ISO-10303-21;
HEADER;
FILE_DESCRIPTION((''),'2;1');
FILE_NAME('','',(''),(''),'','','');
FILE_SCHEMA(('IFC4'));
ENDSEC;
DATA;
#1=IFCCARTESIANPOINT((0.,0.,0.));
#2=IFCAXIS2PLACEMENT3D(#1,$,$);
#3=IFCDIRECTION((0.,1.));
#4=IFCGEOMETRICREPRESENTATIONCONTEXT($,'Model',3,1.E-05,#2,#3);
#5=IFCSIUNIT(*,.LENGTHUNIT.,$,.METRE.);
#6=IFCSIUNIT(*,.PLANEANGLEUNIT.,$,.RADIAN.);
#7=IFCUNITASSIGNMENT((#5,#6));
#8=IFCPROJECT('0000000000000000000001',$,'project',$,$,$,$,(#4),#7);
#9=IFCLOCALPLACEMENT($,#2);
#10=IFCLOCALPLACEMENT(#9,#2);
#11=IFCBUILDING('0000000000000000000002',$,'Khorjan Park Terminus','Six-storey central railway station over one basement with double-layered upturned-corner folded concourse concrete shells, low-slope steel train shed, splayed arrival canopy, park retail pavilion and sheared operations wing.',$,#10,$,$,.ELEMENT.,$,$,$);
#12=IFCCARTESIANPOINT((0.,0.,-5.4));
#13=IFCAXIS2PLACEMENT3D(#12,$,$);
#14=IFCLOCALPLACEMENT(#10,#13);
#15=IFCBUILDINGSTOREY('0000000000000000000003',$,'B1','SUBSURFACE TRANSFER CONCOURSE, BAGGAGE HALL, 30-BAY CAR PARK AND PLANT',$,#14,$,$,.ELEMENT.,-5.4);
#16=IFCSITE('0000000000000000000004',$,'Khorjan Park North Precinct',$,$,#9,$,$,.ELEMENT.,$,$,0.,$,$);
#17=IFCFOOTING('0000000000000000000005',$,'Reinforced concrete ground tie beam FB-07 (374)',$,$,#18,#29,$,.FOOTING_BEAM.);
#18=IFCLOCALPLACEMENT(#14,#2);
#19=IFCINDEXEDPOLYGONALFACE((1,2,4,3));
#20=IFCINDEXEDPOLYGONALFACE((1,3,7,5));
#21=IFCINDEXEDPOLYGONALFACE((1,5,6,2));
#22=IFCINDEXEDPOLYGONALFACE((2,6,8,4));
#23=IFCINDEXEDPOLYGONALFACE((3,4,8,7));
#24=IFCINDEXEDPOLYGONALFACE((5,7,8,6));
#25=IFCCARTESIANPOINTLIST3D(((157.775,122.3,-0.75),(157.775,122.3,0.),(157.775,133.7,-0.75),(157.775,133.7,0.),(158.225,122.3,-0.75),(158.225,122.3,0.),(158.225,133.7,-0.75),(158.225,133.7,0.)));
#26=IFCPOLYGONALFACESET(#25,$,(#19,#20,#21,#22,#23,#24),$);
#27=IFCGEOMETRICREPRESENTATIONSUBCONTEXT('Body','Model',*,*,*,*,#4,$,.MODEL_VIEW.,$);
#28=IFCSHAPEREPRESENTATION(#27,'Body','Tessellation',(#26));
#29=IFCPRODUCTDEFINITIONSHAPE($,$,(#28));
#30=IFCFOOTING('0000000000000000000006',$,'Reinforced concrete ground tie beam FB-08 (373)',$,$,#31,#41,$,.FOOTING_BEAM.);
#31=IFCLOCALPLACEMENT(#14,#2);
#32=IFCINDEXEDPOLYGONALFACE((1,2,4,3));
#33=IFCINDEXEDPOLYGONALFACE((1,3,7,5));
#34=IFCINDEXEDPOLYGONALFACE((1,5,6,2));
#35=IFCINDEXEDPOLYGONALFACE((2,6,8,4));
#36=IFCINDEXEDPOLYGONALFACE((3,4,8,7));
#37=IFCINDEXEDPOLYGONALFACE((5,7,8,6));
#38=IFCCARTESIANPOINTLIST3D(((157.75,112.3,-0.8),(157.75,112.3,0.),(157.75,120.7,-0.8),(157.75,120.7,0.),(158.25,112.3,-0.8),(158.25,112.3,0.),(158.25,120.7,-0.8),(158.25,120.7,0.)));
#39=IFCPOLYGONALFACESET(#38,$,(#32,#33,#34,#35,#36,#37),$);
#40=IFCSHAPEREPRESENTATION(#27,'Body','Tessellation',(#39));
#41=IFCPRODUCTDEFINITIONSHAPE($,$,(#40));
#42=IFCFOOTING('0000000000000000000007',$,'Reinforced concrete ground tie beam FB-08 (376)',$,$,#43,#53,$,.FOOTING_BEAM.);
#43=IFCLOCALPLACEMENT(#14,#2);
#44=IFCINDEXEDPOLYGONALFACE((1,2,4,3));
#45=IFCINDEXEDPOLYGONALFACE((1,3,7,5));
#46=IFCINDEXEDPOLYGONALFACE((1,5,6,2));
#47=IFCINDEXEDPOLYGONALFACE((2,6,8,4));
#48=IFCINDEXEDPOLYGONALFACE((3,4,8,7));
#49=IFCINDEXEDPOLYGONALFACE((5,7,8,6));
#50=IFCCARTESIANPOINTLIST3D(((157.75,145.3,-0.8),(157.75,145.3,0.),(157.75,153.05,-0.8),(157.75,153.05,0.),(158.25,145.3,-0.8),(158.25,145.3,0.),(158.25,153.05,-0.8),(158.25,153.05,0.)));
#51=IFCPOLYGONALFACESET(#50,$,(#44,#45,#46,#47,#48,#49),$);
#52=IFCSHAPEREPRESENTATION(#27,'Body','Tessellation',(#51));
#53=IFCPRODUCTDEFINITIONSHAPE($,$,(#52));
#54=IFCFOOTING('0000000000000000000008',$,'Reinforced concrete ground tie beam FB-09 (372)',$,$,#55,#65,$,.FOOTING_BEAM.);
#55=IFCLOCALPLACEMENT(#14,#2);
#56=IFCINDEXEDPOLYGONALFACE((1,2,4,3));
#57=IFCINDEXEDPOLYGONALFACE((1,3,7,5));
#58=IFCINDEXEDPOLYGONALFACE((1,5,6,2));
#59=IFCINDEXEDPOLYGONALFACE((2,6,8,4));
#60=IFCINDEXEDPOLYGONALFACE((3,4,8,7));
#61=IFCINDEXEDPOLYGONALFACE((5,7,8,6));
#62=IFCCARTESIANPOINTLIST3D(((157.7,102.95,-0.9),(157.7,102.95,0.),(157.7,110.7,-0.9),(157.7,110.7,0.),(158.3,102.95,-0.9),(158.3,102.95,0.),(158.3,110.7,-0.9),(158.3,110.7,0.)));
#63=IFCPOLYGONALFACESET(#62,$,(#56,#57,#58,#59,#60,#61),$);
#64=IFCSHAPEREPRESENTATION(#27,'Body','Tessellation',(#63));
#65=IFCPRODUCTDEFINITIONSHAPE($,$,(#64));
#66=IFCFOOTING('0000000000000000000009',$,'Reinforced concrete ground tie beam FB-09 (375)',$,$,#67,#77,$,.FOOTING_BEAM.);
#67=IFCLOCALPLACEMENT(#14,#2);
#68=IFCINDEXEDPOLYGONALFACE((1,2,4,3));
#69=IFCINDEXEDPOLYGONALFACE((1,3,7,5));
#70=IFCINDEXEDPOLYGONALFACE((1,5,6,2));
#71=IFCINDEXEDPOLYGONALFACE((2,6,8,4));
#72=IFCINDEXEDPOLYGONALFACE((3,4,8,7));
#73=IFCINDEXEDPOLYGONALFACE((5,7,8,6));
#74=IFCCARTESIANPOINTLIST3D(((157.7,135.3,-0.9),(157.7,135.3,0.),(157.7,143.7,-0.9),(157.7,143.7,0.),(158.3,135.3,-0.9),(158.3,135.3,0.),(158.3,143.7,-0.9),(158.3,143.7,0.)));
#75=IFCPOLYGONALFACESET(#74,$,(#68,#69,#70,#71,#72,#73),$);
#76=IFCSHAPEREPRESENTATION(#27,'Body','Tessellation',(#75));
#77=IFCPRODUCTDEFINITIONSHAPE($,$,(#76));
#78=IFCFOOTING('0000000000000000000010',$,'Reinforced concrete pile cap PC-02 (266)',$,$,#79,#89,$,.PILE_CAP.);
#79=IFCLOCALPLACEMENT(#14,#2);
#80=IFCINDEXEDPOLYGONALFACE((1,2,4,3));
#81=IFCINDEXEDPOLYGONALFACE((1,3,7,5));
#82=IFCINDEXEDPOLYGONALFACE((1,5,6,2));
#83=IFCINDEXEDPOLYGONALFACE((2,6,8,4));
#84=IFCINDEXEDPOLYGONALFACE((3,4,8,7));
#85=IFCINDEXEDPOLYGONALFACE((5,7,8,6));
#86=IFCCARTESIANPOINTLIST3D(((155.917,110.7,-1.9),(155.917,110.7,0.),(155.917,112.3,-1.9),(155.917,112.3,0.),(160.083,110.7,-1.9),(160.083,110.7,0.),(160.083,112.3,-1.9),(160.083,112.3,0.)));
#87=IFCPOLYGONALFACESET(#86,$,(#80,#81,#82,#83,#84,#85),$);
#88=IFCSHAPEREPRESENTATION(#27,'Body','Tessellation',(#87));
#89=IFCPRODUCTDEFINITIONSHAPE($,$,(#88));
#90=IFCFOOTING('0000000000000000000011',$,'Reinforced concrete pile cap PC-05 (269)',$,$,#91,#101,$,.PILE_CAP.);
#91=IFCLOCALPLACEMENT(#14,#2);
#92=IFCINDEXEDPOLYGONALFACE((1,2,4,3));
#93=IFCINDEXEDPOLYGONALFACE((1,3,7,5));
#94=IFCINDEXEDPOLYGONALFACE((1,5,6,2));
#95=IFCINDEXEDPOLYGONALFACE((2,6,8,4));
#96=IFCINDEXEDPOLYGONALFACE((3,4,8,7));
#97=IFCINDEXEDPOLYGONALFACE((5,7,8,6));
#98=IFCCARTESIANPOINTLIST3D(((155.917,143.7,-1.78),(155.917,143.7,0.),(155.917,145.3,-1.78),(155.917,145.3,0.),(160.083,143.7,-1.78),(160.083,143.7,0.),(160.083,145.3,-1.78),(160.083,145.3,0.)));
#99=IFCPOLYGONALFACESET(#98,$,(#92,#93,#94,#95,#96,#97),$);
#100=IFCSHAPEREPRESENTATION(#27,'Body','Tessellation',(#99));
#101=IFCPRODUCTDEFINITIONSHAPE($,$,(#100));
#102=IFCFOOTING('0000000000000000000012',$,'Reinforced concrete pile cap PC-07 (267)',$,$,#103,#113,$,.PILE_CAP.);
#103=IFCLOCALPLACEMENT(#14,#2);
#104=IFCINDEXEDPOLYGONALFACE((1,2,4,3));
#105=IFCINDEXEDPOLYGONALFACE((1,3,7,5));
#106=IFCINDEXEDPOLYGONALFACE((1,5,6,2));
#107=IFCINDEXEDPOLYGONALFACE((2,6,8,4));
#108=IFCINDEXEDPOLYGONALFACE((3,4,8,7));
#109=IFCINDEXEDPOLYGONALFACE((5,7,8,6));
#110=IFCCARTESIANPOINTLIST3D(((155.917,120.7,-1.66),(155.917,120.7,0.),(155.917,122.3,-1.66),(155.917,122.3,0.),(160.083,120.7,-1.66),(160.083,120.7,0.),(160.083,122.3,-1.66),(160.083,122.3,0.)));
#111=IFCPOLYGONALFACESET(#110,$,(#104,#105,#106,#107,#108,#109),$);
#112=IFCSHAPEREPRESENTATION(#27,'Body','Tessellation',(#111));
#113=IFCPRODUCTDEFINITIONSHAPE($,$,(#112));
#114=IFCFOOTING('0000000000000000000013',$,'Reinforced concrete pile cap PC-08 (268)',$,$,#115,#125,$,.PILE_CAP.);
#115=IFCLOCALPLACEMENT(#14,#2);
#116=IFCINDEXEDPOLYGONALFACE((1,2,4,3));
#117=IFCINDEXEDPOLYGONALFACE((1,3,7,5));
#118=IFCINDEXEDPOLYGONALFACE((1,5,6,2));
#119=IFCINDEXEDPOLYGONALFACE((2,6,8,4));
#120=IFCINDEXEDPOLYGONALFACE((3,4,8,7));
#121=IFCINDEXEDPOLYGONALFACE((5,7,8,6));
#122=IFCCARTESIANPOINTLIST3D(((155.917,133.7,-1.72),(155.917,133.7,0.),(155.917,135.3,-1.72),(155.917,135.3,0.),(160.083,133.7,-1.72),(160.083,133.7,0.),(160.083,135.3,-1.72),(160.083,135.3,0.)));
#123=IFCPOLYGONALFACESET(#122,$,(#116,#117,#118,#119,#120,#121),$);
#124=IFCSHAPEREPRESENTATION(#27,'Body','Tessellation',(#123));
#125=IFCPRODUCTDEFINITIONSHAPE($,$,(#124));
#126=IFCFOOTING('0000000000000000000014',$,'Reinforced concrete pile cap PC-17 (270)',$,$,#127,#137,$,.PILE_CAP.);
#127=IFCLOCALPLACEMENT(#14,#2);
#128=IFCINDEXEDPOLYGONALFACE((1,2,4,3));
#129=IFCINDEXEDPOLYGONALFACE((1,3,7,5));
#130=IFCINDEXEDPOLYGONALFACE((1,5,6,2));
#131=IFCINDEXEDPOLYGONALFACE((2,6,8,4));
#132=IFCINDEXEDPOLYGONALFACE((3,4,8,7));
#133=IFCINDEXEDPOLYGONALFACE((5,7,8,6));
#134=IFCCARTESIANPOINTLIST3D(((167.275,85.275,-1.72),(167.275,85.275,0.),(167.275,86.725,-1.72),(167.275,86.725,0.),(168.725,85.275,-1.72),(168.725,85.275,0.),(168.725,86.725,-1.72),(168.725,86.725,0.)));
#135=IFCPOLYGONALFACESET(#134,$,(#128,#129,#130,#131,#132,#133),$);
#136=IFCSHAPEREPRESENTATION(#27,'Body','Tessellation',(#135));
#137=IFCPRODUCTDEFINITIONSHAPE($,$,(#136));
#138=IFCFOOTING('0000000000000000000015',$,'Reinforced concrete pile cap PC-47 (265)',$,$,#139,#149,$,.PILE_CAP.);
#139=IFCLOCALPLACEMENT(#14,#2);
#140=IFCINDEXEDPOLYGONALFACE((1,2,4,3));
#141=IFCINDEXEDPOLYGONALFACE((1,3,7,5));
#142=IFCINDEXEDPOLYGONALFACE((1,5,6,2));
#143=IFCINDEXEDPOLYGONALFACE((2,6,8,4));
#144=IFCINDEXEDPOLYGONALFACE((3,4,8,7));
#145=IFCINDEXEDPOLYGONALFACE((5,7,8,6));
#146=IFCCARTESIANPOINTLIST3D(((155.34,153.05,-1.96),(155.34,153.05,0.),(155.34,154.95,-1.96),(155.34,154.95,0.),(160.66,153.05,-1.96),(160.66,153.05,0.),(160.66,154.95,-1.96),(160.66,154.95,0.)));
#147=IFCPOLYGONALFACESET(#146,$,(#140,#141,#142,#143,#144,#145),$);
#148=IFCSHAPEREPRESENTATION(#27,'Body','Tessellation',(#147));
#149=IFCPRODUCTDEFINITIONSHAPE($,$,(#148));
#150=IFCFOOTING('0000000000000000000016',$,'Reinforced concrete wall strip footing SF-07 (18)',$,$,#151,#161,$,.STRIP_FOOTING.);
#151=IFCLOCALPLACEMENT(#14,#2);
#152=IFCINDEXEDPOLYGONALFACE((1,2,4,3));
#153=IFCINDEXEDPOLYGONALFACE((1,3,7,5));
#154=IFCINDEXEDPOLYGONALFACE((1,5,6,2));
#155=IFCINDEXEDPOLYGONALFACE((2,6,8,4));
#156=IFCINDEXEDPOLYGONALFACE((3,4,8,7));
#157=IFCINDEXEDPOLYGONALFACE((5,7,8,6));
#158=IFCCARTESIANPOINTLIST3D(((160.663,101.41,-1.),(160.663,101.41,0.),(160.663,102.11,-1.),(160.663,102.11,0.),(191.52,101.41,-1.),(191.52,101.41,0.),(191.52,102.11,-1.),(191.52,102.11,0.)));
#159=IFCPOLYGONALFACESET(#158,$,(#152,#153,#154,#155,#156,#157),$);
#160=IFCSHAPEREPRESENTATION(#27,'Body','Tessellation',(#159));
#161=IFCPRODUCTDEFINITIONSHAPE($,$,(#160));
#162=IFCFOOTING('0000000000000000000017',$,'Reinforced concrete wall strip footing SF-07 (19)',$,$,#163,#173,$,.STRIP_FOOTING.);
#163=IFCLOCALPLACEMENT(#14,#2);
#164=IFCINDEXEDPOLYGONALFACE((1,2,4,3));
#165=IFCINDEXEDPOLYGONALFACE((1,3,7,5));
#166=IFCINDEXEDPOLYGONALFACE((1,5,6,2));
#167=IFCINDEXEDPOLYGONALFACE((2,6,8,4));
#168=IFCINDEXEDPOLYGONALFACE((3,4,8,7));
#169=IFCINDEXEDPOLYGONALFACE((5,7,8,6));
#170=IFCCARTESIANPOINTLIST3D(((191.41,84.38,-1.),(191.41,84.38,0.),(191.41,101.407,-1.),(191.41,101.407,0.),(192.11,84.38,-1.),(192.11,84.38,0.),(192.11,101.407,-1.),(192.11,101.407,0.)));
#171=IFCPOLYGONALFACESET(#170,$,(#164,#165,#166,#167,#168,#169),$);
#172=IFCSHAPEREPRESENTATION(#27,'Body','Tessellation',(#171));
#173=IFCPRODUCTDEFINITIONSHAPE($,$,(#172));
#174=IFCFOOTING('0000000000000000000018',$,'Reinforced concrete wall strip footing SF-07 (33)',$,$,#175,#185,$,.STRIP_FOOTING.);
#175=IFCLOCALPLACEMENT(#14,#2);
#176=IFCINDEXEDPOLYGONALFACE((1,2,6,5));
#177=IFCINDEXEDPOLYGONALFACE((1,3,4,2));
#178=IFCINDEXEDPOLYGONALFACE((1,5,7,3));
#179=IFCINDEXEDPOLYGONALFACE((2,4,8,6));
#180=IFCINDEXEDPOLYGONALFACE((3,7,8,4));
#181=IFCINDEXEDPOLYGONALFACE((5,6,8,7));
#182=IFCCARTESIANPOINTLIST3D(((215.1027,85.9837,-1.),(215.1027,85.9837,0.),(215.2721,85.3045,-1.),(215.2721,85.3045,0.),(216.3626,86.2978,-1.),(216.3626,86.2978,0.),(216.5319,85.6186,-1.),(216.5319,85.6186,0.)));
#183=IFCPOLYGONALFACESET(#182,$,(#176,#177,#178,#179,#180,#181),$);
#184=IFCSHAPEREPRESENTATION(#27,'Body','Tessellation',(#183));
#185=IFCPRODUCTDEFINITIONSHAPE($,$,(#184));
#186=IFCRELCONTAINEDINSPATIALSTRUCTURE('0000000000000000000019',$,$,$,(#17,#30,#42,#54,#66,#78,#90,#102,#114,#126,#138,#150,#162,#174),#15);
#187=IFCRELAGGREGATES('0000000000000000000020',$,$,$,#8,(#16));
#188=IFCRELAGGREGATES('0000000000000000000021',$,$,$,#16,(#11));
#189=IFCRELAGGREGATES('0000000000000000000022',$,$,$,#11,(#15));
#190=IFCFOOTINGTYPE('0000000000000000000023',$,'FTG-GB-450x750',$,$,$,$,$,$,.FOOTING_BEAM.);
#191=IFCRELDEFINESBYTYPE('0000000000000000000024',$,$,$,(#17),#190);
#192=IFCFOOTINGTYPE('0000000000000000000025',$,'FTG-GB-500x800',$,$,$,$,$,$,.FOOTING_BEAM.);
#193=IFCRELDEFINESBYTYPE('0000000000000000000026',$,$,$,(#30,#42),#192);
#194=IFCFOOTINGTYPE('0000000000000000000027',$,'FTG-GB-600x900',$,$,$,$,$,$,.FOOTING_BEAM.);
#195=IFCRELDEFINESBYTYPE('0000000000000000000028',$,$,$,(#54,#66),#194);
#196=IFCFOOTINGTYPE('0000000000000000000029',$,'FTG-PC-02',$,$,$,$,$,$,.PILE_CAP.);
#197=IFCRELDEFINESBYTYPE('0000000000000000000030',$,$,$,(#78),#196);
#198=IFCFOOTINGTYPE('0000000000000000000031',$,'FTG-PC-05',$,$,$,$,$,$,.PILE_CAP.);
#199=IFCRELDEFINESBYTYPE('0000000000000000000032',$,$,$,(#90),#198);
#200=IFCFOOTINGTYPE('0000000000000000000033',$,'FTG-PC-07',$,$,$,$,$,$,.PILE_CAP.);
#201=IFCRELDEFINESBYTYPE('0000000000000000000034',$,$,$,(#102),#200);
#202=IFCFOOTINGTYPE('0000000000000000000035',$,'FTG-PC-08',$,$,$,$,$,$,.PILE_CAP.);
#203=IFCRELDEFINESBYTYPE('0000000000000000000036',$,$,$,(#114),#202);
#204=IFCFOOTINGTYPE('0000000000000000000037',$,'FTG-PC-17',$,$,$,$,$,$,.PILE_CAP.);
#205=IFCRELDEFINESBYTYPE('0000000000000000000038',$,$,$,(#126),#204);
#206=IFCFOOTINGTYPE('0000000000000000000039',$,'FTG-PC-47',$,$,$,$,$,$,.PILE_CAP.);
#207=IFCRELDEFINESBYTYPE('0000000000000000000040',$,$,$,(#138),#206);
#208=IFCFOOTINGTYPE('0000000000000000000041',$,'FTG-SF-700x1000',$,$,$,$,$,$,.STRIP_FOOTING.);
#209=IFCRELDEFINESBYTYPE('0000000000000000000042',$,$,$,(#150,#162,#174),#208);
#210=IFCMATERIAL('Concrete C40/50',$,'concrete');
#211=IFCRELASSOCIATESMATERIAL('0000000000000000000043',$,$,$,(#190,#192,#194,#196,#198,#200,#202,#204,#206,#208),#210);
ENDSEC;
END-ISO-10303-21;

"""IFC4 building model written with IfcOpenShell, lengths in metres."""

from ifc_helpers import new_model, si_unit, direction, frame, origin, origin_2d, place, context, subcontext, project, spatial, rectangle, extrude, material, material_profile, profile_set, type_object, element, save


model = new_model("IFC4")

# Units and contexts
model_context = context("Model", 3, precision=1e-05, world=origin(), true_north=direction((0.0, 1.0)))
body_context = subcontext(model_context, "Body", "Model", "MODEL_VIEW")
ifc_project = project(units=[si_unit("LENGTHUNIT", "METRE"), si_unit("PLANEANGLEUNIT", "RADIAN")], contexts=[model_context])

# Site, building, storey
site_placement = place(None, origin())
site = spatial("IfcSite", under=ifc_project, at=site_placement, Name="Khorjan Park North Precinct", CompositionType="ELEMENT", RefElevation=0.0)
building_placement = place(site_placement, origin())
building = spatial("IfcBuilding", under=site, at=building_placement, Name="Khorjan Park Terminus", Description="Six-storey central railway station over one basement with double-layered upturned-corner folded concourse concrete shells, low-slope steel train shed, splayed arrival canopy, park retail pavilion and sheared operations wing.", CompositionType="ELEMENT")
storey_placement = place(building_placement, frame((0.0, 0.0, -5.4)))
storey = spatial("IfcBuildingStorey", under=building, at=storey_placement, Name="B1", Description="SUBSURFACE TRANSFER CONCOURSE, BAGGAGE HALL, 30-BAY CAR PARK AND PLANT", CompositionType="ELEMENT", Elevation=-5.4)

# Footings
ifc_material_1 = material(Name="Concrete C40/50", Category="concrete")
ifc_material_profile_1 = material_profile(ifc_material_1, rectangle(XDim=0.45, YDim=0.75, at=origin_2d()), Name="RC 450x750")
ifc_profile_set_1 = profile_set([ifc_material_profile_1], Name="Concrete C40/50")
footing_type_1 = type_object("IfcFootingType", Name="FTG-GB-450x750", PredefinedType="FOOTING_BEAM", material=ifc_profile_set_1)
footing_1_placement = place(storey_placement, frame((158.0, 122.3, -0.375), z_axis=(0.0, 1.0, 0.0), x_axis=(-1.0, 0.0, 0.0)))
element("IfcFooting", 1, at=footing_1_placement, inside=storey, type_object=footing_type_1, Name="Reinforced concrete ground tie beam FB-07 (374)", PredefinedType="FOOTING_BEAM", context=body_context, shape_type="SweptSolid", body=[
    extrude(rectangle(XDim=0.45, YDim=0.75, at=origin_2d()), origin(), (0.0, 0.0, 1.0), 11.4),
])
ifc_material_profile_2 = material_profile(ifc_material_1, rectangle(XDim=0.5, YDim=0.8, at=origin_2d()), Name="RC 500x800")
ifc_profile_set_2 = profile_set([ifc_material_profile_2], Name="Concrete C40/50")
footing_type_2 = type_object("IfcFootingType", Name="FTG-GB-500x800", PredefinedType="FOOTING_BEAM", material=ifc_profile_set_2)
footing_2_placement = place(storey_placement, frame((158.0, 112.3, -0.4), z_axis=(0.0, 1.0, 0.0), x_axis=(-1.0, 0.0, 0.0)))
element("IfcFooting", 2, at=footing_2_placement, inside=storey, type_object=footing_type_2, Name="Reinforced concrete ground tie beam FB-08 (373)", PredefinedType="FOOTING_BEAM", context=body_context, shape_type="SweptSolid", body=[
    extrude(rectangle(XDim=0.5, YDim=0.8, at=origin_2d()), origin(), (0.0, 0.0, 1.0), 8.4),
])
footing_3_placement = place(storey_placement, frame((158.0, 145.3, -0.4), z_axis=(0.0, 1.0, 0.0), x_axis=(-1.0, 0.0, 0.0)))
element("IfcFooting", 3, at=footing_3_placement, inside=storey, type_object=footing_type_2, Name="Reinforced concrete ground tie beam FB-08 (376)", PredefinedType="FOOTING_BEAM", context=body_context, shape_type="SweptSolid", body=[
    extrude(rectangle(XDim=0.5, YDim=0.8, at=origin_2d()), origin(), (0.0, 0.0, 1.0), 7.75),
])
ifc_material_profile_3 = material_profile(ifc_material_1, rectangle(XDim=0.6, YDim=0.9, at=origin_2d()), Name="RC 600x900")
ifc_profile_set_3 = profile_set([ifc_material_profile_3], Name="Concrete C40/50")
footing_type_3 = type_object("IfcFootingType", Name="FTG-GB-600x900", PredefinedType="FOOTING_BEAM", material=ifc_profile_set_3)
footing_4_placement = place(storey_placement, frame((158.0, 102.95, -0.45), z_axis=(0.0, 1.0, 0.0), x_axis=(-1.0, 0.0, 0.0)))
element("IfcFooting", 4, at=footing_4_placement, inside=storey, type_object=footing_type_3, Name="Reinforced concrete ground tie beam FB-09 (372)", PredefinedType="FOOTING_BEAM", context=body_context, shape_type="SweptSolid", body=[
    extrude(rectangle(XDim=0.6, YDim=0.9, at=origin_2d()), origin(), (0.0, 0.0, 1.0), 7.75),
])
footing_5_placement = place(storey_placement, frame((158.0, 135.3, -0.45), z_axis=(0.0, 1.0, 0.0), x_axis=(-1.0, 0.0, 0.0)))
element("IfcFooting", 5, at=footing_5_placement, inside=storey, type_object=footing_type_3, Name="Reinforced concrete ground tie beam FB-09 (375)", PredefinedType="FOOTING_BEAM", context=body_context, shape_type="SweptSolid", body=[
    extrude(rectangle(XDim=0.6, YDim=0.9, at=origin_2d()), origin(), (0.0, 0.0, 1.0), 8.4),
])
footing_type_4 = type_object("IfcFootingType", Name="FTG-PC-02", PredefinedType="PILE_CAP", material=ifc_material_1)
footing_6_placement = place(storey_placement, frame((158.0, 111.5, -1.9), z_axis=(0.0, 0.0, 1.0), x_axis=(1.0, 0.0, 0.0)))
element("IfcFooting", 6, at=footing_6_placement, inside=storey, type_object=footing_type_4, Name="Reinforced concrete pile cap PC-02 (266)", PredefinedType="PILE_CAP", context=body_context, shape_type="SweptSolid", body=[
    extrude(rectangle(XDim=4.166, YDim=1.6, at=origin_2d()), origin(), (0.0, 0.0, 1.0), 1.9),
])
footing_type_5 = type_object("IfcFootingType", Name="FTG-PC-05", PredefinedType="PILE_CAP", material=ifc_material_1)
footing_7_placement = place(storey_placement, frame((158.0, 144.5, -1.78), z_axis=(0.0, 0.0, 1.0), x_axis=(1.0, 0.0, 0.0)))
element("IfcFooting", 7, at=footing_7_placement, inside=storey, type_object=footing_type_5, Name="Reinforced concrete pile cap PC-05 (269)", PredefinedType="PILE_CAP", context=body_context, shape_type="SweptSolid", body=[
    extrude(rectangle(XDim=4.166, YDim=1.6, at=origin_2d()), origin(), (0.0, 0.0, 1.0), 1.78),
])
footing_type_6 = type_object("IfcFootingType", Name="FTG-PC-07", PredefinedType="PILE_CAP", material=ifc_material_1)
footing_8_placement = place(storey_placement, frame((158.0, 121.5, -1.66), z_axis=(0.0, 0.0, 1.0), x_axis=(1.0, 0.0, 0.0)))
element("IfcFooting", 8, at=footing_8_placement, inside=storey, type_object=footing_type_6, Name="Reinforced concrete pile cap PC-07 (267)", PredefinedType="PILE_CAP", context=body_context, shape_type="SweptSolid", body=[
    extrude(rectangle(XDim=4.166, YDim=1.6, at=origin_2d()), origin(), (0.0, 0.0, 1.0), 1.66),
])
footing_type_7 = type_object("IfcFootingType", Name="FTG-PC-08", PredefinedType="PILE_CAP", material=ifc_material_1)
footing_9_placement = place(storey_placement, frame((158.0, 134.5, -1.72), z_axis=(0.0, 0.0, 1.0), x_axis=(1.0, 0.0, 0.0)))
element("IfcFooting", 9, at=footing_9_placement, inside=storey, type_object=footing_type_7, Name="Reinforced concrete pile cap PC-08 (268)", PredefinedType="PILE_CAP", context=body_context, shape_type="SweptSolid", body=[
    extrude(rectangle(XDim=4.166, YDim=1.6, at=origin_2d()), origin(), (0.0, 0.0, 1.0), 1.72),
])
footing_type_8 = type_object("IfcFootingType", Name="FTG-PC-17", PredefinedType="PILE_CAP", material=ifc_material_1)
footing_10_placement = place(storey_placement, frame((168.0, 86.0, -1.72), z_axis=(0.0, 0.0, 1.0), x_axis=(1.0, 0.0, 0.0)))
element("IfcFooting", 10, at=footing_10_placement, inside=storey, type_object=footing_type_8, Name="Reinforced concrete pile cap PC-17 (270)", PredefinedType="PILE_CAP", context=body_context, shape_type="SweptSolid", body=[
    extrude(rectangle(XDim=1.45, YDim=1.45, at=origin_2d()), origin(), (0.0, 0.0, 1.0), 1.72),
])
footing_type_9 = type_object("IfcFootingType", Name="FTG-PC-47", PredefinedType="PILE_CAP", material=ifc_material_1)
footing_11_placement = place(storey_placement, frame((158.0, 154.0, -1.96), z_axis=(0.0, 0.0, 1.0), x_axis=(1.0, 0.0, 0.0)))
element("IfcFooting", 11, at=footing_11_placement, inside=storey, type_object=footing_type_9, Name="Reinforced concrete pile cap PC-47 (265)", PredefinedType="PILE_CAP", context=body_context, shape_type="SweptSolid", body=[
    extrude(rectangle(XDim=5.32, YDim=1.9, at=origin_2d()), origin(), (0.0, 0.0, 1.0), 1.96),
])
ifc_material_profile_4 = material_profile(ifc_material_1, rectangle(XDim=0.7, YDim=1.0, at=origin_2d()), Name="RC 700x1000")
ifc_profile_set_4 = profile_set([ifc_material_profile_4], Name="Concrete C40/50")
footing_type_10 = type_object("IfcFootingType", Name="FTG-SF-700x1000", PredefinedType="STRIP_FOOTING", material=ifc_profile_set_4)
footing_12_placement = place(storey_placement, frame((160.663, 101.76, -0.5), z_axis=(1.0, 0.0, 0.0), x_axis=(0.0, 1.0, 0.0)))
element("IfcFooting", 12, at=footing_12_placement, inside=storey, type_object=footing_type_10, Name="Reinforced concrete wall strip footing SF-07 (18)", PredefinedType="STRIP_FOOTING", context=body_context, shape_type="SweptSolid", body=[
    extrude(rectangle(XDim=0.7, YDim=1.0, at=origin_2d()), origin(), (0.0, 0.0, 1.0), 30.857),
])
footing_13_placement = place(storey_placement, frame((191.76, 101.407, -0.5), z_axis=(0.0, -1.0, 0.0), x_axis=(1.0, 0.0, 0.0)))
element("IfcFooting", 13, at=footing_13_placement, inside=storey, type_object=footing_type_10, Name="Reinforced concrete wall strip footing SF-07 (19)", PredefinedType="STRIP_FOOTING", context=body_context, shape_type="SweptSolid", body=[
    extrude(rectangle(XDim=0.7, YDim=1.0, at=origin_2d()), origin(), (0.0, 0.0, 1.0), 17.027),
])
footing_14_placement = place(storey_placement, frame((215.1874, 85.6441, -0.5), z_axis=(0.970296, 0.241919, 0.0), x_axis=(-0.241919, 0.970296, 0.0)))
element("IfcFooting", 14, at=footing_14_placement, inside=storey, type_object=footing_type_10, Name="Reinforced concrete wall strip footing SF-07 (33)", PredefinedType="STRIP_FOOTING", context=body_context, shape_type="SweptSolid", body=[
    extrude(rectangle(XDim=0.7, YDim=1.0, at=origin_2d()), origin(), (0.0, 0.0, 1.0), 1.2984),
])

save(model, "model.ifc")
